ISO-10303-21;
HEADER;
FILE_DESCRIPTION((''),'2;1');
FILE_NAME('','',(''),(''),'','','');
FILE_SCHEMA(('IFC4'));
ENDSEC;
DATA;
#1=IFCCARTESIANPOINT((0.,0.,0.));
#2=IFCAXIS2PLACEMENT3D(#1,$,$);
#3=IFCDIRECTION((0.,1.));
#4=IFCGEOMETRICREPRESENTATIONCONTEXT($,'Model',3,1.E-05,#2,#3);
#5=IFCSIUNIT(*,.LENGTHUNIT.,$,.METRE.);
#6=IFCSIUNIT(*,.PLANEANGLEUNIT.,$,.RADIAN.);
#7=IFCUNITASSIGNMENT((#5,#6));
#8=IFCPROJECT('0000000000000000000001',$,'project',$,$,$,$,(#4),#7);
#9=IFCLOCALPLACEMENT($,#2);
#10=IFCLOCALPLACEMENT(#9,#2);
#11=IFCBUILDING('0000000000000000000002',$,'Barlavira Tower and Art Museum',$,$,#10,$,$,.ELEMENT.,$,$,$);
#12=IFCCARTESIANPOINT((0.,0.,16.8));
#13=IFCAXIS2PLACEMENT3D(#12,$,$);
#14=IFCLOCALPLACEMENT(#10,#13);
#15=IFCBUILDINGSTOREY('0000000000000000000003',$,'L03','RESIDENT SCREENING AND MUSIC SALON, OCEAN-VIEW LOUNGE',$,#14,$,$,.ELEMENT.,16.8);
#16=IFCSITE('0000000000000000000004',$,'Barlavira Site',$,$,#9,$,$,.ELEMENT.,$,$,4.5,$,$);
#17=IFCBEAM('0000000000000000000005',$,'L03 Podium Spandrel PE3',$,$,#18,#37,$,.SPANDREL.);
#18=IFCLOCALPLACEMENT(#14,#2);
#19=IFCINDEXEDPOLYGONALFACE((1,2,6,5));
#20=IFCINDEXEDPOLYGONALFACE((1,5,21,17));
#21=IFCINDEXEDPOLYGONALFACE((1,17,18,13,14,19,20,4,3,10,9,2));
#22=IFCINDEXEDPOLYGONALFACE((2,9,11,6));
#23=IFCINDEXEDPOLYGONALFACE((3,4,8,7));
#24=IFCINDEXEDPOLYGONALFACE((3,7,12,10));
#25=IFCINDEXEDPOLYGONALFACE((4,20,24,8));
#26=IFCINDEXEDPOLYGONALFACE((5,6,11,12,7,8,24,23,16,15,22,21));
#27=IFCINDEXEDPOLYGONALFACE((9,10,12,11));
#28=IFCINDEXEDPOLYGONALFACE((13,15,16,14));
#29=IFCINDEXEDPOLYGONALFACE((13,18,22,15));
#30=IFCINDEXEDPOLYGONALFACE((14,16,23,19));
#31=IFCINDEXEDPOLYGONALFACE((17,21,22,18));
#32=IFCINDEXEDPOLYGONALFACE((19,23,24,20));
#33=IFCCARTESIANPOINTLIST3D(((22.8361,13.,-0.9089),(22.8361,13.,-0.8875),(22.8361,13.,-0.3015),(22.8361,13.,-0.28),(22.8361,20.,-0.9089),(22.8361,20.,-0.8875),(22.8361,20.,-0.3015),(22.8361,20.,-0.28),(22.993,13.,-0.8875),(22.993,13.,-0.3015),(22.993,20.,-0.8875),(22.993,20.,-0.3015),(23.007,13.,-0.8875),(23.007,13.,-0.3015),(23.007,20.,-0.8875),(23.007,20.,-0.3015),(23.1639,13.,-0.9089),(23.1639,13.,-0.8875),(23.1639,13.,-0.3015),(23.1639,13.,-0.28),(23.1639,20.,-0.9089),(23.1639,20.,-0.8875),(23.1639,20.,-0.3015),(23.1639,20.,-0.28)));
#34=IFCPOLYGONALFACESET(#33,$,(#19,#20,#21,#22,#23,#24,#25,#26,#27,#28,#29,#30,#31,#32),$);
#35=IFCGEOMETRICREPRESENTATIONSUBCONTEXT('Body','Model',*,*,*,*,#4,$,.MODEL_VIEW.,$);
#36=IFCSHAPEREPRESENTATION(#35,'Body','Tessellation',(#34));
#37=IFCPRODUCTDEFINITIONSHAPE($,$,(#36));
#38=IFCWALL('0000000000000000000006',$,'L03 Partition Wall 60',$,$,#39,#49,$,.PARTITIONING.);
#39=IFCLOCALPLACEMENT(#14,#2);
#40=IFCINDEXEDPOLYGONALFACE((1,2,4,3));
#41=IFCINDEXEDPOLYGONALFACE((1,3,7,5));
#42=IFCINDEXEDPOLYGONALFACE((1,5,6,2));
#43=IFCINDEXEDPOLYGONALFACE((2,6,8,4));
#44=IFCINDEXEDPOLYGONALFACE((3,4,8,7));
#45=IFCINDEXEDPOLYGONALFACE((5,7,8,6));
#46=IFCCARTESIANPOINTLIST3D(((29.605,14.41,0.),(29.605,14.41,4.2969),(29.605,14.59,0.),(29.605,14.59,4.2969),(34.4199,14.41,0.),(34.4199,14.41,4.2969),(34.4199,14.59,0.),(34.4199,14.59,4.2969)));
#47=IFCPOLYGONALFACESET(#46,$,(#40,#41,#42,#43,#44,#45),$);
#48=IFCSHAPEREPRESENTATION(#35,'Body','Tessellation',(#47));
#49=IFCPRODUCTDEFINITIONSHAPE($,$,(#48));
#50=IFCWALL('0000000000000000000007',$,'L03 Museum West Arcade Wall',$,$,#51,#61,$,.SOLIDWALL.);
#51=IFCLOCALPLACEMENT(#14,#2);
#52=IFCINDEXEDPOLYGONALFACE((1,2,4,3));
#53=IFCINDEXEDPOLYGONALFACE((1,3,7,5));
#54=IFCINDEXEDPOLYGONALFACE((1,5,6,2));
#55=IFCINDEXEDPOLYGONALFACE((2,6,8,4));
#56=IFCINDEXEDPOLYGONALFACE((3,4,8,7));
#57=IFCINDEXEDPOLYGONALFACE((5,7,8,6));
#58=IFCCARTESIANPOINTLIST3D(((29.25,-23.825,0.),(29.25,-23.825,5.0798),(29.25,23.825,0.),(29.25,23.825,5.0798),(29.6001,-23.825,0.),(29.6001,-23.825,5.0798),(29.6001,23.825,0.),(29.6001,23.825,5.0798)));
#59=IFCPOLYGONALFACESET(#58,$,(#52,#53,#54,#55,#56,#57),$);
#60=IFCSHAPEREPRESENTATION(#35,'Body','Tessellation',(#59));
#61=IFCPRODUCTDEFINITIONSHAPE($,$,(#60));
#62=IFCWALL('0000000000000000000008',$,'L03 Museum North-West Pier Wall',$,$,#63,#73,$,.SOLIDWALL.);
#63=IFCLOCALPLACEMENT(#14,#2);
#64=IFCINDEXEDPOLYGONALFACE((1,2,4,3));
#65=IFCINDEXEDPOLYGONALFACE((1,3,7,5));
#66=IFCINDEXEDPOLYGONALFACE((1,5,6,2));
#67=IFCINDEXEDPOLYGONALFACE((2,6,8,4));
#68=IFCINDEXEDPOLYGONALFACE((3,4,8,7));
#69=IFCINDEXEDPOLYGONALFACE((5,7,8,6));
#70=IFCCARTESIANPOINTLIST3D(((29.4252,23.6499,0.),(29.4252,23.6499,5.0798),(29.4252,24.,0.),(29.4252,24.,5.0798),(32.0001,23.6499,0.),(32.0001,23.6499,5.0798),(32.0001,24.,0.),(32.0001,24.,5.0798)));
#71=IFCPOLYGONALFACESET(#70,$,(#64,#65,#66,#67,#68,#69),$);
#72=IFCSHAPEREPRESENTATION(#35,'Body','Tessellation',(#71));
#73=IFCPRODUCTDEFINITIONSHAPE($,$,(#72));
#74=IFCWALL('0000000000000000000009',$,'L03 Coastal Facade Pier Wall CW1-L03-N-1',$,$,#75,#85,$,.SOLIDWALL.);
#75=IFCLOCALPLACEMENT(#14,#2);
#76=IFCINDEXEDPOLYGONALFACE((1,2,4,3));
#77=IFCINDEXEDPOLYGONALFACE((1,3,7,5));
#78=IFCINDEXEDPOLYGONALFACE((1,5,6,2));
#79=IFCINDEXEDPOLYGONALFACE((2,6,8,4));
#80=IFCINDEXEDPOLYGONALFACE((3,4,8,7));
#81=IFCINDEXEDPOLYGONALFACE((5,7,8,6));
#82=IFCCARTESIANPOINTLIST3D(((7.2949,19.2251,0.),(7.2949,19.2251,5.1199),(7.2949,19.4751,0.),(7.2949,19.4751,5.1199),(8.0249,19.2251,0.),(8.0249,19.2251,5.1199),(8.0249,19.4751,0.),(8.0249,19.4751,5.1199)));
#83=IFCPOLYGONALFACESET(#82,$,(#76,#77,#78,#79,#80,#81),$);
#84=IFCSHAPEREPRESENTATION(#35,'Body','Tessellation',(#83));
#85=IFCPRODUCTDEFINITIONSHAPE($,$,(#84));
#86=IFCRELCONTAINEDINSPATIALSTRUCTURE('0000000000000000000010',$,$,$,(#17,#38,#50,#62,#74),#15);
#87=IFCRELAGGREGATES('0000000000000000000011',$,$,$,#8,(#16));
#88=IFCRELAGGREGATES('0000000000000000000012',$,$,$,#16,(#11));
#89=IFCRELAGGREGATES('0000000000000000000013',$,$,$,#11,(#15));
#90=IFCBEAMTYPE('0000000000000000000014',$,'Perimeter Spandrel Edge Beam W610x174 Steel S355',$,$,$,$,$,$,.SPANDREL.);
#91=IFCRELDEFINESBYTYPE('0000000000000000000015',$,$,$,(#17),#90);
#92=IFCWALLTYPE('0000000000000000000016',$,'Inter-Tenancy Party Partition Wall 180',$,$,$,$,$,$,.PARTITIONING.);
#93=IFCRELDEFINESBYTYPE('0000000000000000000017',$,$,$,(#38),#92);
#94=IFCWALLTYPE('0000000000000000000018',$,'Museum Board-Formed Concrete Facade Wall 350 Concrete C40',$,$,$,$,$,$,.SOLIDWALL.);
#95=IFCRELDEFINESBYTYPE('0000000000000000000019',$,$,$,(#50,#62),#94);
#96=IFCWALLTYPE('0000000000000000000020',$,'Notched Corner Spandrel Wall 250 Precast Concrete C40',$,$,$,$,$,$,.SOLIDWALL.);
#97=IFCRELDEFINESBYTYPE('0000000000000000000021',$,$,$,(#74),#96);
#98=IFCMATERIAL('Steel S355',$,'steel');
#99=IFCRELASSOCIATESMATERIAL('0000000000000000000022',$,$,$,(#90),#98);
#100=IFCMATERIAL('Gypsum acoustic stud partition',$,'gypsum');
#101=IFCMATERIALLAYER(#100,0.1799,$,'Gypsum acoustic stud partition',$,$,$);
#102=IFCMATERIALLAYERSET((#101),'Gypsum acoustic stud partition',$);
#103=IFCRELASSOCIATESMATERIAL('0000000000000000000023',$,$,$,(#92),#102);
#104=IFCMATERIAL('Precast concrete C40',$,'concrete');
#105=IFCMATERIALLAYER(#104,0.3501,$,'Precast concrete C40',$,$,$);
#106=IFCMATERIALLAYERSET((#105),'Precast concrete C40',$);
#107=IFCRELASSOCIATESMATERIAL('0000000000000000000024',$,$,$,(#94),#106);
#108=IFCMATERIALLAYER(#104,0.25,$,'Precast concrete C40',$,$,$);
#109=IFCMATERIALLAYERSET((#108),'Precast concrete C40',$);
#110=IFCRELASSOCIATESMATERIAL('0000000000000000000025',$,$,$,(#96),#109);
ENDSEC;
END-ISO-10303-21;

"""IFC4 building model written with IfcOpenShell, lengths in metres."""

from ifc_helpers import new_model, si_unit, direction, frame, frame_2d, origin, origin_2d, place, context, subcontext, project, spatial, rectangle, i_section, extrude, material, layer, layer_set, material_profile, profile_set, type_object, element, save


model = new_model("IFC4")

# Units and contexts
model_context = context("Model", 3, precision=1e-05, world=origin(), true_north=direction((0.0, 1.0)))
body_context = subcontext(model_context, "Body", "Model", "MODEL_VIEW")
ifc_project = project(units=[si_unit("LENGTHUNIT", "METRE"), si_unit("PLANEANGLEUNIT", "RADIAN")], contexts=[model_context])

# Site, building, storey
site_placement = place(None, origin())
site = spatial("IfcSite", under=ifc_project, at=site_placement, Name="Barlavira Site", CompositionType="ELEMENT", RefElevation=4.5)
building_placement = place(site_placement, origin())
building = spatial("IfcBuilding", under=site, at=building_placement, Name="Barlavira Tower and Art Museum", CompositionType="ELEMENT")
storey_placement = place(building_placement, frame((0.0, 0.0, 16.8)))
storey = spatial("IfcBuildingStorey", under=building, at=storey_placement, Name="L03", Description="RESIDENT SCREENING AND MUSIC SALON, OCEAN-VIEW LOUNGE", CompositionType="ELEMENT", Elevation=16.8)

# Beam
ifc_material_1 = material(Name="Steel S355", Category="steel")
ifc_material_profile_1 = material_profile(ifc_material_1, i_section(OverallWidth=0.3279, OverallDepth=0.6289, WebThickness=0.0139, FlangeThickness=0.0215, at=origin_2d()), Name="W610x174.0")
ifc_profile_set_1 = profile_set([ifc_material_profile_1], Name="Steel S355")
beam_type_1 = type_object("IfcBeamType", Name="Perimeter Spandrel Edge Beam W610x174 Steel S355", PredefinedType="SPANDREL", material=ifc_profile_set_1)
beam_1_placement = place(storey_placement, frame((23.0, 13.0, -0.5945), z_axis=(0.0, 1.0, 0.0), x_axis=(-1.0, 0.0, 0.0)))
element("IfcBeam", 1, at=beam_1_placement, inside=storey, type_object=beam_type_1, Name="L03 Podium Spandrel PE3", PredefinedType="SPANDREL", context=body_context, shape_type="SweptSolid", body=[
    extrude(i_section(OverallWidth=0.3279, OverallDepth=0.6289, WebThickness=0.0139, FlangeThickness=0.0215, at=origin_2d()), origin(), (0.0, 0.0, 1.0), 7.0),
])

# Walls
ifc_material_2 = material(Name="Gypsum acoustic stud partition", Category="gypsum")
ifc_layer_1 = layer(ifc_material_2, 0.1799, Name="Gypsum acoustic stud partition")
ifc_layer_set_1 = layer_set([ifc_layer_1], Name="Gypsum acoustic stud partition")
wall_type_1 = type_object("IfcWallType", Name="Inter-Tenancy Party Partition Wall 180", PredefinedType="PARTITIONING", material=ifc_layer_set_1)
wall_1_placement = place(storey_placement, frame((29.605, 14.5, 0.0), z_axis=(0.0, 0.0, 1.0), x_axis=(1.0, 0.0, 0.0)))
element("IfcWall", 2, at=wall_1_placement, inside=storey, type_object=wall_type_1, Name="L03 Partition Wall 60", PredefinedType="PARTITIONING", context=body_context, shape_type="SweptSolid", body=[
    extrude(rectangle(XDim=4.8149, YDim=0.1799, at=frame_2d((2.4075, 0.0))), origin(), (0.0, 0.0, 1.0), 4.2969),
])
ifc_material_3 = material(Name="Precast concrete C40", Category="concrete")
ifc_layer_2 = layer(ifc_material_3, 0.3501, Name="Precast concrete C40")
ifc_layer_set_2 = layer_set([ifc_layer_2], Name="Precast concrete C40")
wall_type_2 = type_object("IfcWallType", Name="Museum Board-Formed Concrete Facade Wall 350 Concrete C40", PredefinedType="SOLIDWALL", material=ifc_layer_set_2)
wall_2_placement = place(storey_placement, frame((29.425, 23.825, 0.0), z_axis=(0.0, 0.0, 1.0), x_axis=(0.0, -1.0, 0.0)))
element("IfcWall", 3, at=wall_2_placement, inside=storey, type_object=wall_type_2, Name="L03 Museum West Arcade Wall", PredefinedType="SOLIDWALL", context=body_context, shape_type="SweptSolid", body=[
    extrude(rectangle(XDim=47.6499, YDim=0.3501, at=frame_2d((23.825, 0.0))), origin(), (0.0, 0.0, 1.0), 5.0798),
])
wall_3_placement = place(storey_placement, frame((29.425, 23.825, 0.0), z_axis=(0.0, 0.0, 1.0), x_axis=(1.0, 0.0, 0.0)))
element("IfcWall", 4, at=wall_3_placement, inside=storey, type_object=wall_type_2, Name="L03 Museum North-West Pier Wall", PredefinedType="SOLIDWALL", context=body_context, shape_type="SweptSolid", body=[
    extrude(rectangle(XDim=2.575, YDim=0.3501, at=frame_2d((1.2876, 0.0))), origin(), (0.0, 0.0, 1.0), 5.0798),
])
ifc_layer_3 = layer(ifc_material_3, 0.25, Name="Precast concrete C40")
ifc_layer_set_3 = layer_set([ifc_layer_3], Name="Precast concrete C40")
wall_type_3 = type_object("IfcWallType", Name="Notched Corner Spandrel Wall 250 Precast Concrete C40", PredefinedType="SOLIDWALL", material=ifc_layer_set_3)
wall_4_placement = place(storey_placement, frame((8.0249, 19.3501, 0.0), z_axis=(0.0, 0.0, 1.0), x_axis=(-1.0, 0.0, 0.0)))
element("IfcWall", 5, at=wall_4_placement, inside=storey, type_object=wall_type_3, Name="L03 Coastal Facade Pier Wall CW1-L03-N-1", PredefinedType="SOLIDWALL", context=body_context, shape_type="SweptSolid", body=[
    extrude(rectangle(XDim=0.73, YDim=0.25, at=frame_2d((0.365, 0.0))), origin(), (0.0, 0.0, 1.0), 5.1199),
])

save(model, "model.ifc")
